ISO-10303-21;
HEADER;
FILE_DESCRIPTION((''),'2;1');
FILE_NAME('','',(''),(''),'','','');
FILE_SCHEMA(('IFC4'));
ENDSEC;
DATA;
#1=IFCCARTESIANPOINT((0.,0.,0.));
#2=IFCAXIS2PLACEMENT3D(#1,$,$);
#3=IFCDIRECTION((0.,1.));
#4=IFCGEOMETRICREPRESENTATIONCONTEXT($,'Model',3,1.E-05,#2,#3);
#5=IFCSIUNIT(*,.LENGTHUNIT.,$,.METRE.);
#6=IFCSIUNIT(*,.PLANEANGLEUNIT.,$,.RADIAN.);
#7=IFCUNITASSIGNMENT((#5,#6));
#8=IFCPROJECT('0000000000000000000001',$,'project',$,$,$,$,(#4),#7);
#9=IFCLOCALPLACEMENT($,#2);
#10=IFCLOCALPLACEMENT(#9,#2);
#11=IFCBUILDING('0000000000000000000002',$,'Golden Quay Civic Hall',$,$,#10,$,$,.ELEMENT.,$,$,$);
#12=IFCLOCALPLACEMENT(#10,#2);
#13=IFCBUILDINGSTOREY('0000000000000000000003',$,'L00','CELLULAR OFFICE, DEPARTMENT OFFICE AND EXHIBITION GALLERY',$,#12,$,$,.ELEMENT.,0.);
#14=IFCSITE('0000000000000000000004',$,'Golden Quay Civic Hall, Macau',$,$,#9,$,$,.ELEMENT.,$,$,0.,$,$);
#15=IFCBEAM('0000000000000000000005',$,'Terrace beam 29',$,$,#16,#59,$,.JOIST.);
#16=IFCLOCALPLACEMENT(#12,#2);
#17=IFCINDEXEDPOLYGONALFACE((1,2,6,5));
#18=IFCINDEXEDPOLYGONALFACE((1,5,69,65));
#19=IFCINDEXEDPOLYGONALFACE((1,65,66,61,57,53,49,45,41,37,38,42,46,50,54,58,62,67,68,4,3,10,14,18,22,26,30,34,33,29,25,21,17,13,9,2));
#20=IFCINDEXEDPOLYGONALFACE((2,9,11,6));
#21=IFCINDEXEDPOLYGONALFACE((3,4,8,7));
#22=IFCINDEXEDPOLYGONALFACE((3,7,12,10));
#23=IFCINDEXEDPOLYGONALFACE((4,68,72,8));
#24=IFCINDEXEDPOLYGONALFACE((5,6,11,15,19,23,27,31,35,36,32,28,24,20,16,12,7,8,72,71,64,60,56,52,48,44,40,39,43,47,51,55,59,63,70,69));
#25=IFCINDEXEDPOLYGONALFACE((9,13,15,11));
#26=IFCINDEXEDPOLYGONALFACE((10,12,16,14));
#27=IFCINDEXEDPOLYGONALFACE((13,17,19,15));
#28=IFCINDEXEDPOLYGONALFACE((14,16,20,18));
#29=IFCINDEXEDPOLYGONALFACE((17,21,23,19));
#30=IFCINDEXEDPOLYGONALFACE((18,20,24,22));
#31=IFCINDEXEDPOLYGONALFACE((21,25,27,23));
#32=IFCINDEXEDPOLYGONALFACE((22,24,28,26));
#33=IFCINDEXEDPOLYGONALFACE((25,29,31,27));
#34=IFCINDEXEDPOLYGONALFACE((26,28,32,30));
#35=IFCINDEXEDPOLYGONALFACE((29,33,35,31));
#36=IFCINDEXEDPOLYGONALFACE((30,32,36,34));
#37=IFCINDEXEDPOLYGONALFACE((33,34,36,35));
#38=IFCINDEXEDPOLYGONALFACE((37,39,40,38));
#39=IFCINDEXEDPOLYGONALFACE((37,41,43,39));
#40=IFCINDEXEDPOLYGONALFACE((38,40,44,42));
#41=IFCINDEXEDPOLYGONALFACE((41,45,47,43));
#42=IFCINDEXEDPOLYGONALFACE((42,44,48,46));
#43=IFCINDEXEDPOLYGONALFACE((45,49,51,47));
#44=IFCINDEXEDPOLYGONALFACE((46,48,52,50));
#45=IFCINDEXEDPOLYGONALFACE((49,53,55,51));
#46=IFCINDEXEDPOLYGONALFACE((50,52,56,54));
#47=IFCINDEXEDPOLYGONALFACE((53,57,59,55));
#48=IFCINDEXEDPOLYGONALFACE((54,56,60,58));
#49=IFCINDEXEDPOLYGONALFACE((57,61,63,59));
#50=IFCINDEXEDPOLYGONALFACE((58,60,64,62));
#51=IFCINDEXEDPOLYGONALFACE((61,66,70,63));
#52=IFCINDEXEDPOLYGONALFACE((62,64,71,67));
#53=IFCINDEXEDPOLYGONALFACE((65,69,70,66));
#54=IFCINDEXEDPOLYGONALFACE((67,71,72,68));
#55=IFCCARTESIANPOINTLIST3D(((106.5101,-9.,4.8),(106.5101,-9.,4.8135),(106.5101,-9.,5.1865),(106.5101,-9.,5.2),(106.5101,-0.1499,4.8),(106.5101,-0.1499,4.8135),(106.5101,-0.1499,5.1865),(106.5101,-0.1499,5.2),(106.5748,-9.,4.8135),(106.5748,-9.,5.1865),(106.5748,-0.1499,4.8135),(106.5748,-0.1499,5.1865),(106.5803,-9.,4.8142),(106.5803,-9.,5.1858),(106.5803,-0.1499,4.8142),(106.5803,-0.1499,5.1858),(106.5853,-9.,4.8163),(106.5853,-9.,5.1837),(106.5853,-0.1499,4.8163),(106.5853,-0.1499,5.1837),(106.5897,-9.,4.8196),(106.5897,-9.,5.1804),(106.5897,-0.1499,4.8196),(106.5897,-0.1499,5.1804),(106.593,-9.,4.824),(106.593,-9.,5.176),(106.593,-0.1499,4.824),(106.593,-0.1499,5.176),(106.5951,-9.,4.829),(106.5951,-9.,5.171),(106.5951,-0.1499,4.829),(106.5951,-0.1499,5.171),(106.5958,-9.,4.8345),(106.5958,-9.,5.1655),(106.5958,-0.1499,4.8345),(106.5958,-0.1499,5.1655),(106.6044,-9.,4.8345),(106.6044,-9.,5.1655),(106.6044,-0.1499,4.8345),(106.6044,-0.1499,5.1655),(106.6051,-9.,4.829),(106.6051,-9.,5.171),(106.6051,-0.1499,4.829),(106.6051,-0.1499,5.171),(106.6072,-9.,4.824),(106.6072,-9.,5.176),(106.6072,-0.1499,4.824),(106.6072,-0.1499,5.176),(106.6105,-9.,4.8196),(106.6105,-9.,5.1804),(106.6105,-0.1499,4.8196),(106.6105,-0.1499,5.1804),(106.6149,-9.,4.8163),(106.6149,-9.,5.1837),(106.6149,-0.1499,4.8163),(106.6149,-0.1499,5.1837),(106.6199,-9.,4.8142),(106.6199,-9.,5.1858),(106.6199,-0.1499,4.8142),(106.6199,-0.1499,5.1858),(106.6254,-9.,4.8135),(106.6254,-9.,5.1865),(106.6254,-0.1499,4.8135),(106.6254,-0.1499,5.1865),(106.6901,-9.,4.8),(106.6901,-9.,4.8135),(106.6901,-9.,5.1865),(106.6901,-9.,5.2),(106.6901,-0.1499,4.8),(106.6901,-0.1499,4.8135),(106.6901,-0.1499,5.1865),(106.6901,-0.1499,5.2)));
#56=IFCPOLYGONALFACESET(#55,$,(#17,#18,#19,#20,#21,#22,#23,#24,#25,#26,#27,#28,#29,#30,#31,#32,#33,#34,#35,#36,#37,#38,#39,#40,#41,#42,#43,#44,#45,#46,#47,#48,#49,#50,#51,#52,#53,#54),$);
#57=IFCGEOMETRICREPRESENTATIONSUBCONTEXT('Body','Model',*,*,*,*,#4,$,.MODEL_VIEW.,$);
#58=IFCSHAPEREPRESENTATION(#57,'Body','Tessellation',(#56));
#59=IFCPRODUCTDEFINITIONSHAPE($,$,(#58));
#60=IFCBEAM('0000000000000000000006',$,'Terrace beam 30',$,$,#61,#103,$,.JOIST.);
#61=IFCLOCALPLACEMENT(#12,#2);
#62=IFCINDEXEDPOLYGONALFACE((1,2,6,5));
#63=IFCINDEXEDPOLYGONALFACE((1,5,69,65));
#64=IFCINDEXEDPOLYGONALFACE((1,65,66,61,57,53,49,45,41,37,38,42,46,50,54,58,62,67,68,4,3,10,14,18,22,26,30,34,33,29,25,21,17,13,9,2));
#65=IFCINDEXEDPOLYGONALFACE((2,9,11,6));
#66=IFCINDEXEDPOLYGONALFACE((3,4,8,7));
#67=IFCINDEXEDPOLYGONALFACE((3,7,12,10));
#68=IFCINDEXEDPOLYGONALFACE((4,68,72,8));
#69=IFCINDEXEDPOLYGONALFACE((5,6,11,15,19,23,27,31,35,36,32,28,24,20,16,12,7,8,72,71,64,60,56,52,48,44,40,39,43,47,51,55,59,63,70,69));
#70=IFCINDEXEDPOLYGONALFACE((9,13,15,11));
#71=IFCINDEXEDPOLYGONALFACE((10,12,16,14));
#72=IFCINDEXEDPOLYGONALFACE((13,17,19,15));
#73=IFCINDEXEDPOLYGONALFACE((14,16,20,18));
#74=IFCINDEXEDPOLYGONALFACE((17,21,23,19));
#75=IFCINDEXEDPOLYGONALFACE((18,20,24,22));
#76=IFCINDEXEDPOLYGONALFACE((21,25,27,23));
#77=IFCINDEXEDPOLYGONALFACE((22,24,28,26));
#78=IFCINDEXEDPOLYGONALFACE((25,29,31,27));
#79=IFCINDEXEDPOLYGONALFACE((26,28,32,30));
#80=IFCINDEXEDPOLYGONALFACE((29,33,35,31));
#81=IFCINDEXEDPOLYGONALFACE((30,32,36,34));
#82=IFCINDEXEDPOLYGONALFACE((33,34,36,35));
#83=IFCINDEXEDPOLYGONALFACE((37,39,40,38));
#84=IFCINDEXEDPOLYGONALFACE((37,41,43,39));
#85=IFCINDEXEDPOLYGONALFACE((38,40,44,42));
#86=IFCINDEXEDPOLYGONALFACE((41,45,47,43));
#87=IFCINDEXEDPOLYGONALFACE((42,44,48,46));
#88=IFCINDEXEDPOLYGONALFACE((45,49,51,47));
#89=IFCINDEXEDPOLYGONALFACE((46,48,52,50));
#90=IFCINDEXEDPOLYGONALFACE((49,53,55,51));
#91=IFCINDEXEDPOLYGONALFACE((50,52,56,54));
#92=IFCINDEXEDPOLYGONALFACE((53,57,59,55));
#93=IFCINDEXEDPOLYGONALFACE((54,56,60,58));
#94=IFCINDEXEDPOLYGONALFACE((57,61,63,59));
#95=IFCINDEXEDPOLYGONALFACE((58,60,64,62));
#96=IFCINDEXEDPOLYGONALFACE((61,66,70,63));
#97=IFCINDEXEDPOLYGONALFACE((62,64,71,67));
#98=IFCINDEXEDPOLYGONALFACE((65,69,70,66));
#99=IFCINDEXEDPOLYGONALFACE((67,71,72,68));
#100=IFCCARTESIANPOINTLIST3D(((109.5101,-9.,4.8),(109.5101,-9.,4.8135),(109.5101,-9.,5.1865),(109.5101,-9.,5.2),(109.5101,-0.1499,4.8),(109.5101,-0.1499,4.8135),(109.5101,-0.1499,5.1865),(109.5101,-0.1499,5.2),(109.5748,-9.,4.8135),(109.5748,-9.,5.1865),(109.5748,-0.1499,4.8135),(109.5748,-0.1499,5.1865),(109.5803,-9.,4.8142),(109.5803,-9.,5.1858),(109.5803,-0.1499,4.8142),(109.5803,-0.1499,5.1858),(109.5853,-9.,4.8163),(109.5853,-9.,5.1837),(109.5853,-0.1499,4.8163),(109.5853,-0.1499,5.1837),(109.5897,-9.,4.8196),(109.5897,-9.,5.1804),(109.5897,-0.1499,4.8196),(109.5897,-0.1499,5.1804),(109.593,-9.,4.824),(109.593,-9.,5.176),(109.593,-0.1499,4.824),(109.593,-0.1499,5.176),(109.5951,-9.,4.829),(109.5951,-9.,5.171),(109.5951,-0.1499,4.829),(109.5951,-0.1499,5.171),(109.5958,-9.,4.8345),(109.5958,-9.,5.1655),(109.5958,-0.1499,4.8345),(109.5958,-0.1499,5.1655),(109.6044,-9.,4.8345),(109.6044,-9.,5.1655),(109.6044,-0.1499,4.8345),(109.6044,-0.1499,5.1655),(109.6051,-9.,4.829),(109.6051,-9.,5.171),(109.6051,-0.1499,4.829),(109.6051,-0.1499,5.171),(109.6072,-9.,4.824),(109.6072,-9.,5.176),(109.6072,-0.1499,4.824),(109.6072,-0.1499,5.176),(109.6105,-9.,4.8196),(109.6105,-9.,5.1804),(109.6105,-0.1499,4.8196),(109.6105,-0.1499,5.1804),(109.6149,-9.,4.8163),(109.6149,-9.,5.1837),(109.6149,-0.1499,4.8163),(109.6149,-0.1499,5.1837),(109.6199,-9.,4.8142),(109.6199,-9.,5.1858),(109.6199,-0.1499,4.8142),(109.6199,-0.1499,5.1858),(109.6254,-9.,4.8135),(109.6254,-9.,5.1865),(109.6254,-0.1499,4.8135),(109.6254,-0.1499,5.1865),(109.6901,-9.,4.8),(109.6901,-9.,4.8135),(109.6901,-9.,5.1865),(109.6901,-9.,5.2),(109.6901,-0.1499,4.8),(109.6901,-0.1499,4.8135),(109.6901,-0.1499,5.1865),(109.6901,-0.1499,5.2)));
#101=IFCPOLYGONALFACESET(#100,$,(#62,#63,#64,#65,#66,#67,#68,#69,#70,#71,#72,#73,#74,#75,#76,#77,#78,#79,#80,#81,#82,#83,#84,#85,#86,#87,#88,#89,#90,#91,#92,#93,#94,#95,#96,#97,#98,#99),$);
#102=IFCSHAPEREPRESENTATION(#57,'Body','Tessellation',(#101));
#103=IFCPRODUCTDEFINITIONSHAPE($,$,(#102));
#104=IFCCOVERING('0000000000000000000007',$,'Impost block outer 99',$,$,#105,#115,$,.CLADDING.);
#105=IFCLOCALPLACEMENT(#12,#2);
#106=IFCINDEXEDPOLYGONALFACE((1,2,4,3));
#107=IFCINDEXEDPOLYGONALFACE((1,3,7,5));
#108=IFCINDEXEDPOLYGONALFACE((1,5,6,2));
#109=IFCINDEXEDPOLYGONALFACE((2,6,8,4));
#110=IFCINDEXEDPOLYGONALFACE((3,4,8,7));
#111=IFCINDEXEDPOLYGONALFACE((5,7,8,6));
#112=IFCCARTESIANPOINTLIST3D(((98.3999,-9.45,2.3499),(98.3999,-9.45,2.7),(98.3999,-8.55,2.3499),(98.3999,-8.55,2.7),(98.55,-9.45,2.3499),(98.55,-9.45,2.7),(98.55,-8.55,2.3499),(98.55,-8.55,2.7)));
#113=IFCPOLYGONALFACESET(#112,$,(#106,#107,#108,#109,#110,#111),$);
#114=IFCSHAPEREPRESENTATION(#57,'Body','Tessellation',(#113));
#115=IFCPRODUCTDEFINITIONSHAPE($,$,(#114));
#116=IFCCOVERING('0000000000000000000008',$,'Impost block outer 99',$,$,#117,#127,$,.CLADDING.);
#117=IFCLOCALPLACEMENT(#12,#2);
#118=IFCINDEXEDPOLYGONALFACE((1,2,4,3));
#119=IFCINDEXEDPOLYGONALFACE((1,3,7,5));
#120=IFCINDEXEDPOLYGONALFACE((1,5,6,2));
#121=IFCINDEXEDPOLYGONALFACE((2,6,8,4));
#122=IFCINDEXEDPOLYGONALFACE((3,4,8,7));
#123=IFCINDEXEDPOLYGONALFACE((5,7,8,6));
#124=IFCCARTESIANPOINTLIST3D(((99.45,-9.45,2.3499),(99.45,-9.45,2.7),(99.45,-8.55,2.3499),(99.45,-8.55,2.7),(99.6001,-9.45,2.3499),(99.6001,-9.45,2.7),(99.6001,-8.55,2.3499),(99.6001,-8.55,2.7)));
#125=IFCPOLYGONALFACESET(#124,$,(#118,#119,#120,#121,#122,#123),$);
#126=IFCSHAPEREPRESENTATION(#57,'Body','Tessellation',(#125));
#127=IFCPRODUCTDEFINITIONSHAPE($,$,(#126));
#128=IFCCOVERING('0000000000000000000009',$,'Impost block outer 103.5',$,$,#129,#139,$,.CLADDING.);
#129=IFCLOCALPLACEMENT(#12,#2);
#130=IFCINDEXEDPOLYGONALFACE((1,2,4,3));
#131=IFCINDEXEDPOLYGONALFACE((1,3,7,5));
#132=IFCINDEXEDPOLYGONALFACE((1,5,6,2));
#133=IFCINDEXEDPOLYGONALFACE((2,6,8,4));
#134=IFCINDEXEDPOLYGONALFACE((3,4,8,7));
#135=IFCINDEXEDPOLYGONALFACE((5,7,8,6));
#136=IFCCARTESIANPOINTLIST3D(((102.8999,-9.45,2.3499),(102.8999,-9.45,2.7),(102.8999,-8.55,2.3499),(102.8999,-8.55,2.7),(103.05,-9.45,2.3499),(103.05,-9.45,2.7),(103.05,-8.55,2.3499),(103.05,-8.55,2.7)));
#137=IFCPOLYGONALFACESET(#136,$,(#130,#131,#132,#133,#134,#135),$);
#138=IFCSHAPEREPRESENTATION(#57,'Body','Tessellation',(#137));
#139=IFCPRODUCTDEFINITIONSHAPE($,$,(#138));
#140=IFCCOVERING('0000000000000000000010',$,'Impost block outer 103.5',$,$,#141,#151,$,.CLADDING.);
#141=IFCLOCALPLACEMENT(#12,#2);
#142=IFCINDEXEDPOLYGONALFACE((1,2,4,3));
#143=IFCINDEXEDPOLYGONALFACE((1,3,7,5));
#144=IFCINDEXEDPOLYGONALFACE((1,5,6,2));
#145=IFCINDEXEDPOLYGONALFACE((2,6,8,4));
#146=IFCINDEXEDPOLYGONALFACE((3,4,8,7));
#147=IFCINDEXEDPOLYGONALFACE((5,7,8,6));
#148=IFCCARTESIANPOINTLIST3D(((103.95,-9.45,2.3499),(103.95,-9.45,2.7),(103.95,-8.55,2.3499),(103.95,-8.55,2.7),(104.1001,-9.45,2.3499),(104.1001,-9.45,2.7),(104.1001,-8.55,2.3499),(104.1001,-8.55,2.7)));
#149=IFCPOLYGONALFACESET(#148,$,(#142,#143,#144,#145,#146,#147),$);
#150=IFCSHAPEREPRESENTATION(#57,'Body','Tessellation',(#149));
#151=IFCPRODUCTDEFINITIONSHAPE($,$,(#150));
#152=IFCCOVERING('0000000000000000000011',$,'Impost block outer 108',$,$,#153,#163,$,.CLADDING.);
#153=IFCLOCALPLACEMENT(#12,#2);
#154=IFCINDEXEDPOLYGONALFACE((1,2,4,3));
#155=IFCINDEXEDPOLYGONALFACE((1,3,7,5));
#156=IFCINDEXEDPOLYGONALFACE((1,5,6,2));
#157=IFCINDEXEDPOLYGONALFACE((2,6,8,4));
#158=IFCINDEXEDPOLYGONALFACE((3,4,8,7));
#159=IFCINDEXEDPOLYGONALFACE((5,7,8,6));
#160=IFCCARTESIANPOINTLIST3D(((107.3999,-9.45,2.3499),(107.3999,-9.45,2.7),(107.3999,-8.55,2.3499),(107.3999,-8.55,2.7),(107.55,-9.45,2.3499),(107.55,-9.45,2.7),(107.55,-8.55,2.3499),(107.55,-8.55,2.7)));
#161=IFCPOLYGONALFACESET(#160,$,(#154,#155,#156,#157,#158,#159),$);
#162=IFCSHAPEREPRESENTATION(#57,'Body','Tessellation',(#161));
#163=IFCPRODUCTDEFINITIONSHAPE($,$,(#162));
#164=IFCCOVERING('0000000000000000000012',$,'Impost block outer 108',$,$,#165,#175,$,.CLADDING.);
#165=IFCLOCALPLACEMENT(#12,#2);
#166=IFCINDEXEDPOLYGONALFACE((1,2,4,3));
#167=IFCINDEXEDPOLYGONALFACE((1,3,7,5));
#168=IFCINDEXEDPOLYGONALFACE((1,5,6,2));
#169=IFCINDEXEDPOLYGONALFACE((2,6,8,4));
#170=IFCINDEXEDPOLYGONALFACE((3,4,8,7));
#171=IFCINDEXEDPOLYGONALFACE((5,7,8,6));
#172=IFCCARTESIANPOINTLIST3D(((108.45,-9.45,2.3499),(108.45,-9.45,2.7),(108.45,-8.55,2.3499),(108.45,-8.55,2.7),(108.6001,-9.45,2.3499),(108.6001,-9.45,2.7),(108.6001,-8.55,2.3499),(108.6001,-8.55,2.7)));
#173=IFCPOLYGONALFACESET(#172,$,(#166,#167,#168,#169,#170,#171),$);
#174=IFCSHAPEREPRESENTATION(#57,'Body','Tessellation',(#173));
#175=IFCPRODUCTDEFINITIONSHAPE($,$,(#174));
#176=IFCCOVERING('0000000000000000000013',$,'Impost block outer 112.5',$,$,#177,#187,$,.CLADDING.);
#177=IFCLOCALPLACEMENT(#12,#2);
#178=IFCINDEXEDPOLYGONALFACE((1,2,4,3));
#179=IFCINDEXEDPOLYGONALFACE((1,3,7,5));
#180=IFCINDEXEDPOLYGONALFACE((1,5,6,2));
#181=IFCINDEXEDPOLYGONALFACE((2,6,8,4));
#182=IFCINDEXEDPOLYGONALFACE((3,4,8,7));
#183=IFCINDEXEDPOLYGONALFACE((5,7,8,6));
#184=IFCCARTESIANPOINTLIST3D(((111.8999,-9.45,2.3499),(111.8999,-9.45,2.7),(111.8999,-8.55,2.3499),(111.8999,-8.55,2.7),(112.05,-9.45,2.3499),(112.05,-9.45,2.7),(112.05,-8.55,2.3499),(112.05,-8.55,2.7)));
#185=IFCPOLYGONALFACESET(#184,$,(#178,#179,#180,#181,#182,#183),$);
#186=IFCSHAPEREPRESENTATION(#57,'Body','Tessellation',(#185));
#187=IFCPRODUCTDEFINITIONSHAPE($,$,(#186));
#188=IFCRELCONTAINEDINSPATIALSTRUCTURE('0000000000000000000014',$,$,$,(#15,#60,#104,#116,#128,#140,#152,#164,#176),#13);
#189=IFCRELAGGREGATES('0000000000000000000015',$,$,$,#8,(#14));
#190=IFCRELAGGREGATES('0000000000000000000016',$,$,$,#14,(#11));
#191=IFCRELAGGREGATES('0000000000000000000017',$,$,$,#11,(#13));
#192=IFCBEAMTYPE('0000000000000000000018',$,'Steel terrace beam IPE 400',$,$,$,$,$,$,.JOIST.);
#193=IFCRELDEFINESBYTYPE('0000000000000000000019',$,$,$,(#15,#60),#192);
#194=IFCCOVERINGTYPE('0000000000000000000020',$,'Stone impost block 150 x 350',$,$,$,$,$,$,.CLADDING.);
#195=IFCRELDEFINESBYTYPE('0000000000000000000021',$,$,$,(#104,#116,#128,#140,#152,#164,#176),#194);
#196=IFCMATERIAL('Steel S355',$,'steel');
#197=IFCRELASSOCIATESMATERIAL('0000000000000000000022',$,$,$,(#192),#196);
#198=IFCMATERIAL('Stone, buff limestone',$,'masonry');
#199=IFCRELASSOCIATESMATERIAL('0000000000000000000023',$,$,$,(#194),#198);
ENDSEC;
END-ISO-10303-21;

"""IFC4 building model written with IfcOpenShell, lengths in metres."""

from ifc_helpers import new_model, si_unit, direction, frame, origin, origin_2d, place, context, subcontext, project, spatial, rectangle, i_section, extrude, material, material_profile, profile_set, type_object, element, save


model = new_model("IFC4")

# Units and contexts
model_context = context("Model", 3, precision=1e-05, world=origin(), true_north=direction((0.0, 1.0)))
body_context = subcontext(model_context, "Body", "Model", "MODEL_VIEW")
ifc_project = project(units=[si_unit("LENGTHUNIT", "METRE"), si_unit("PLANEANGLEUNIT", "RADIAN")], contexts=[model_context])

# Site, building, storey
site_placement = place(None, origin())
site = spatial("IfcSite", under=ifc_project, at=site_placement, Name="Golden Quay Civic Hall, Macau", CompositionType="ELEMENT", RefElevation=0.0)
building_placement = place(site_placement, origin())
building = spatial("IfcBuilding", under=site, at=building_placement, Name="Golden Quay Civic Hall", CompositionType="ELEMENT")
storey_placement = place(building_placement, origin())
storey = spatial("IfcBuildingStorey", under=building, at=storey_placement, Name="L00", Description="CELLULAR OFFICE, DEPARTMENT OFFICE AND EXHIBITION GALLERY", CompositionType="ELEMENT", Elevation=0.0)

# Beams
ifc_material_1 = material(Name="Steel S355", Category="steel")
ifc_material_profile_1 = material_profile(ifc_material_1, i_section(OverallWidth=0.1799, OverallDepth=0.3999, WebThickness=0.0085, FlangeThickness=0.0134, FilletRadius=0.021, at=origin_2d()), Name="IPE 400")
ifc_profile_set_1 = profile_set([ifc_material_profile_1], Name="Steel S355")
beam_type_1 = type_object("IfcBeamType", Name="Steel terrace beam IPE 400", PredefinedType="JOIST", material=ifc_profile_set_1)
for number, where, z_axis, x_axis, name in (
    (1, (106.6001, -9.0, 5.0), (0.0, 1.0, 0.0), (-1.0, 0.0, 0.0), "Terrace beam 29"),
    (2, (109.6001, -9.0, 5.0), (0.0, 1.0, 0.0), (-1.0, 0.0, 0.0), "Terrace beam 30"),
):
    element("IfcBeam", number, at=place(storey_placement, frame(where, z_axis=z_axis, x_axis=x_axis)), inside=storey, type_object=beam_type_1, Name=name, PredefinedType="JOIST", context=body_context, shape_type="SweptSolid", body=[
        extrude(i_section(OverallWidth=0.1799, OverallDepth=0.3999, WebThickness=0.0085, FlangeThickness=0.0134, FilletRadius=0.021, at=origin_2d()), origin(), (0.0, 0.0, 1.0), 8.8501),
    ])

# Coverings
ifc_material_2 = material(Name="Stone, buff limestone", Category="masonry")
ifc_material_profile_2 = material_profile(ifc_material_2, rectangle(XDim=0.8999, YDim=0.3501, at=origin_2d()), Name="RC 900x350")
ifc_profile_set_2 = profile_set([ifc_material_profile_2], Name="Stone, buff limestone")
covering_type_1 = type_object("IfcCoveringType", Name="Stone impost block 150 x 350", PredefinedType="CLADDING", material=ifc_profile_set_2)
for number, where, z_axis, x_axis, name in (
    (3, (98.55, -9.0, 2.5249), (-1.0, 0.0, 0.0), (0.0, -1.0, 0.0), "Impost block outer 99"),
    (4, (99.45, -9.0, 2.5249), (1.0, 0.0, 0.0), (0.0, 1.0, 0.0), "Impost block outer 99"),
    (5, (103.05, -9.0, 2.5249), (-1.0, 0.0, 0.0), (0.0, -1.0, 0.0), "Impost block outer 103.5"),
    (6, (103.95, -9.0, 2.5249), (1.0, 0.0, 0.0), (0.0, 1.0, 0.0), "Impost block outer 103.5"),
    (7, (107.55, -9.0, 2.5249), (-1.0, 0.0, 0.0), (0.0, -1.0, 0.0), "Impost block outer 108"),
    (8, (108.45, -9.0, 2.5249), (1.0, 0.0, 0.0), (0.0, 1.0, 0.0), "Impost block outer 108"),
    (9, (112.05, -9.0, 2.5249), (-1.0, 0.0, 0.0), (0.0, -1.0, 0.0), "Impost block outer 112.5"),
):
    element("IfcCovering", number, at=place(storey_placement, frame(where, z_axis=z_axis, x_axis=x_axis)), inside=storey, type_object=covering_type_1, Name=name, PredefinedType="CLADDING", context=body_context, shape_type="SweptSolid", body=[
        extrude(rectangle(XDim=0.8999, YDim=0.3501, at=origin_2d()), origin(), (0.0, 0.0, 1.0), 0.1501),
    ])

save(model, "model.ifc")
